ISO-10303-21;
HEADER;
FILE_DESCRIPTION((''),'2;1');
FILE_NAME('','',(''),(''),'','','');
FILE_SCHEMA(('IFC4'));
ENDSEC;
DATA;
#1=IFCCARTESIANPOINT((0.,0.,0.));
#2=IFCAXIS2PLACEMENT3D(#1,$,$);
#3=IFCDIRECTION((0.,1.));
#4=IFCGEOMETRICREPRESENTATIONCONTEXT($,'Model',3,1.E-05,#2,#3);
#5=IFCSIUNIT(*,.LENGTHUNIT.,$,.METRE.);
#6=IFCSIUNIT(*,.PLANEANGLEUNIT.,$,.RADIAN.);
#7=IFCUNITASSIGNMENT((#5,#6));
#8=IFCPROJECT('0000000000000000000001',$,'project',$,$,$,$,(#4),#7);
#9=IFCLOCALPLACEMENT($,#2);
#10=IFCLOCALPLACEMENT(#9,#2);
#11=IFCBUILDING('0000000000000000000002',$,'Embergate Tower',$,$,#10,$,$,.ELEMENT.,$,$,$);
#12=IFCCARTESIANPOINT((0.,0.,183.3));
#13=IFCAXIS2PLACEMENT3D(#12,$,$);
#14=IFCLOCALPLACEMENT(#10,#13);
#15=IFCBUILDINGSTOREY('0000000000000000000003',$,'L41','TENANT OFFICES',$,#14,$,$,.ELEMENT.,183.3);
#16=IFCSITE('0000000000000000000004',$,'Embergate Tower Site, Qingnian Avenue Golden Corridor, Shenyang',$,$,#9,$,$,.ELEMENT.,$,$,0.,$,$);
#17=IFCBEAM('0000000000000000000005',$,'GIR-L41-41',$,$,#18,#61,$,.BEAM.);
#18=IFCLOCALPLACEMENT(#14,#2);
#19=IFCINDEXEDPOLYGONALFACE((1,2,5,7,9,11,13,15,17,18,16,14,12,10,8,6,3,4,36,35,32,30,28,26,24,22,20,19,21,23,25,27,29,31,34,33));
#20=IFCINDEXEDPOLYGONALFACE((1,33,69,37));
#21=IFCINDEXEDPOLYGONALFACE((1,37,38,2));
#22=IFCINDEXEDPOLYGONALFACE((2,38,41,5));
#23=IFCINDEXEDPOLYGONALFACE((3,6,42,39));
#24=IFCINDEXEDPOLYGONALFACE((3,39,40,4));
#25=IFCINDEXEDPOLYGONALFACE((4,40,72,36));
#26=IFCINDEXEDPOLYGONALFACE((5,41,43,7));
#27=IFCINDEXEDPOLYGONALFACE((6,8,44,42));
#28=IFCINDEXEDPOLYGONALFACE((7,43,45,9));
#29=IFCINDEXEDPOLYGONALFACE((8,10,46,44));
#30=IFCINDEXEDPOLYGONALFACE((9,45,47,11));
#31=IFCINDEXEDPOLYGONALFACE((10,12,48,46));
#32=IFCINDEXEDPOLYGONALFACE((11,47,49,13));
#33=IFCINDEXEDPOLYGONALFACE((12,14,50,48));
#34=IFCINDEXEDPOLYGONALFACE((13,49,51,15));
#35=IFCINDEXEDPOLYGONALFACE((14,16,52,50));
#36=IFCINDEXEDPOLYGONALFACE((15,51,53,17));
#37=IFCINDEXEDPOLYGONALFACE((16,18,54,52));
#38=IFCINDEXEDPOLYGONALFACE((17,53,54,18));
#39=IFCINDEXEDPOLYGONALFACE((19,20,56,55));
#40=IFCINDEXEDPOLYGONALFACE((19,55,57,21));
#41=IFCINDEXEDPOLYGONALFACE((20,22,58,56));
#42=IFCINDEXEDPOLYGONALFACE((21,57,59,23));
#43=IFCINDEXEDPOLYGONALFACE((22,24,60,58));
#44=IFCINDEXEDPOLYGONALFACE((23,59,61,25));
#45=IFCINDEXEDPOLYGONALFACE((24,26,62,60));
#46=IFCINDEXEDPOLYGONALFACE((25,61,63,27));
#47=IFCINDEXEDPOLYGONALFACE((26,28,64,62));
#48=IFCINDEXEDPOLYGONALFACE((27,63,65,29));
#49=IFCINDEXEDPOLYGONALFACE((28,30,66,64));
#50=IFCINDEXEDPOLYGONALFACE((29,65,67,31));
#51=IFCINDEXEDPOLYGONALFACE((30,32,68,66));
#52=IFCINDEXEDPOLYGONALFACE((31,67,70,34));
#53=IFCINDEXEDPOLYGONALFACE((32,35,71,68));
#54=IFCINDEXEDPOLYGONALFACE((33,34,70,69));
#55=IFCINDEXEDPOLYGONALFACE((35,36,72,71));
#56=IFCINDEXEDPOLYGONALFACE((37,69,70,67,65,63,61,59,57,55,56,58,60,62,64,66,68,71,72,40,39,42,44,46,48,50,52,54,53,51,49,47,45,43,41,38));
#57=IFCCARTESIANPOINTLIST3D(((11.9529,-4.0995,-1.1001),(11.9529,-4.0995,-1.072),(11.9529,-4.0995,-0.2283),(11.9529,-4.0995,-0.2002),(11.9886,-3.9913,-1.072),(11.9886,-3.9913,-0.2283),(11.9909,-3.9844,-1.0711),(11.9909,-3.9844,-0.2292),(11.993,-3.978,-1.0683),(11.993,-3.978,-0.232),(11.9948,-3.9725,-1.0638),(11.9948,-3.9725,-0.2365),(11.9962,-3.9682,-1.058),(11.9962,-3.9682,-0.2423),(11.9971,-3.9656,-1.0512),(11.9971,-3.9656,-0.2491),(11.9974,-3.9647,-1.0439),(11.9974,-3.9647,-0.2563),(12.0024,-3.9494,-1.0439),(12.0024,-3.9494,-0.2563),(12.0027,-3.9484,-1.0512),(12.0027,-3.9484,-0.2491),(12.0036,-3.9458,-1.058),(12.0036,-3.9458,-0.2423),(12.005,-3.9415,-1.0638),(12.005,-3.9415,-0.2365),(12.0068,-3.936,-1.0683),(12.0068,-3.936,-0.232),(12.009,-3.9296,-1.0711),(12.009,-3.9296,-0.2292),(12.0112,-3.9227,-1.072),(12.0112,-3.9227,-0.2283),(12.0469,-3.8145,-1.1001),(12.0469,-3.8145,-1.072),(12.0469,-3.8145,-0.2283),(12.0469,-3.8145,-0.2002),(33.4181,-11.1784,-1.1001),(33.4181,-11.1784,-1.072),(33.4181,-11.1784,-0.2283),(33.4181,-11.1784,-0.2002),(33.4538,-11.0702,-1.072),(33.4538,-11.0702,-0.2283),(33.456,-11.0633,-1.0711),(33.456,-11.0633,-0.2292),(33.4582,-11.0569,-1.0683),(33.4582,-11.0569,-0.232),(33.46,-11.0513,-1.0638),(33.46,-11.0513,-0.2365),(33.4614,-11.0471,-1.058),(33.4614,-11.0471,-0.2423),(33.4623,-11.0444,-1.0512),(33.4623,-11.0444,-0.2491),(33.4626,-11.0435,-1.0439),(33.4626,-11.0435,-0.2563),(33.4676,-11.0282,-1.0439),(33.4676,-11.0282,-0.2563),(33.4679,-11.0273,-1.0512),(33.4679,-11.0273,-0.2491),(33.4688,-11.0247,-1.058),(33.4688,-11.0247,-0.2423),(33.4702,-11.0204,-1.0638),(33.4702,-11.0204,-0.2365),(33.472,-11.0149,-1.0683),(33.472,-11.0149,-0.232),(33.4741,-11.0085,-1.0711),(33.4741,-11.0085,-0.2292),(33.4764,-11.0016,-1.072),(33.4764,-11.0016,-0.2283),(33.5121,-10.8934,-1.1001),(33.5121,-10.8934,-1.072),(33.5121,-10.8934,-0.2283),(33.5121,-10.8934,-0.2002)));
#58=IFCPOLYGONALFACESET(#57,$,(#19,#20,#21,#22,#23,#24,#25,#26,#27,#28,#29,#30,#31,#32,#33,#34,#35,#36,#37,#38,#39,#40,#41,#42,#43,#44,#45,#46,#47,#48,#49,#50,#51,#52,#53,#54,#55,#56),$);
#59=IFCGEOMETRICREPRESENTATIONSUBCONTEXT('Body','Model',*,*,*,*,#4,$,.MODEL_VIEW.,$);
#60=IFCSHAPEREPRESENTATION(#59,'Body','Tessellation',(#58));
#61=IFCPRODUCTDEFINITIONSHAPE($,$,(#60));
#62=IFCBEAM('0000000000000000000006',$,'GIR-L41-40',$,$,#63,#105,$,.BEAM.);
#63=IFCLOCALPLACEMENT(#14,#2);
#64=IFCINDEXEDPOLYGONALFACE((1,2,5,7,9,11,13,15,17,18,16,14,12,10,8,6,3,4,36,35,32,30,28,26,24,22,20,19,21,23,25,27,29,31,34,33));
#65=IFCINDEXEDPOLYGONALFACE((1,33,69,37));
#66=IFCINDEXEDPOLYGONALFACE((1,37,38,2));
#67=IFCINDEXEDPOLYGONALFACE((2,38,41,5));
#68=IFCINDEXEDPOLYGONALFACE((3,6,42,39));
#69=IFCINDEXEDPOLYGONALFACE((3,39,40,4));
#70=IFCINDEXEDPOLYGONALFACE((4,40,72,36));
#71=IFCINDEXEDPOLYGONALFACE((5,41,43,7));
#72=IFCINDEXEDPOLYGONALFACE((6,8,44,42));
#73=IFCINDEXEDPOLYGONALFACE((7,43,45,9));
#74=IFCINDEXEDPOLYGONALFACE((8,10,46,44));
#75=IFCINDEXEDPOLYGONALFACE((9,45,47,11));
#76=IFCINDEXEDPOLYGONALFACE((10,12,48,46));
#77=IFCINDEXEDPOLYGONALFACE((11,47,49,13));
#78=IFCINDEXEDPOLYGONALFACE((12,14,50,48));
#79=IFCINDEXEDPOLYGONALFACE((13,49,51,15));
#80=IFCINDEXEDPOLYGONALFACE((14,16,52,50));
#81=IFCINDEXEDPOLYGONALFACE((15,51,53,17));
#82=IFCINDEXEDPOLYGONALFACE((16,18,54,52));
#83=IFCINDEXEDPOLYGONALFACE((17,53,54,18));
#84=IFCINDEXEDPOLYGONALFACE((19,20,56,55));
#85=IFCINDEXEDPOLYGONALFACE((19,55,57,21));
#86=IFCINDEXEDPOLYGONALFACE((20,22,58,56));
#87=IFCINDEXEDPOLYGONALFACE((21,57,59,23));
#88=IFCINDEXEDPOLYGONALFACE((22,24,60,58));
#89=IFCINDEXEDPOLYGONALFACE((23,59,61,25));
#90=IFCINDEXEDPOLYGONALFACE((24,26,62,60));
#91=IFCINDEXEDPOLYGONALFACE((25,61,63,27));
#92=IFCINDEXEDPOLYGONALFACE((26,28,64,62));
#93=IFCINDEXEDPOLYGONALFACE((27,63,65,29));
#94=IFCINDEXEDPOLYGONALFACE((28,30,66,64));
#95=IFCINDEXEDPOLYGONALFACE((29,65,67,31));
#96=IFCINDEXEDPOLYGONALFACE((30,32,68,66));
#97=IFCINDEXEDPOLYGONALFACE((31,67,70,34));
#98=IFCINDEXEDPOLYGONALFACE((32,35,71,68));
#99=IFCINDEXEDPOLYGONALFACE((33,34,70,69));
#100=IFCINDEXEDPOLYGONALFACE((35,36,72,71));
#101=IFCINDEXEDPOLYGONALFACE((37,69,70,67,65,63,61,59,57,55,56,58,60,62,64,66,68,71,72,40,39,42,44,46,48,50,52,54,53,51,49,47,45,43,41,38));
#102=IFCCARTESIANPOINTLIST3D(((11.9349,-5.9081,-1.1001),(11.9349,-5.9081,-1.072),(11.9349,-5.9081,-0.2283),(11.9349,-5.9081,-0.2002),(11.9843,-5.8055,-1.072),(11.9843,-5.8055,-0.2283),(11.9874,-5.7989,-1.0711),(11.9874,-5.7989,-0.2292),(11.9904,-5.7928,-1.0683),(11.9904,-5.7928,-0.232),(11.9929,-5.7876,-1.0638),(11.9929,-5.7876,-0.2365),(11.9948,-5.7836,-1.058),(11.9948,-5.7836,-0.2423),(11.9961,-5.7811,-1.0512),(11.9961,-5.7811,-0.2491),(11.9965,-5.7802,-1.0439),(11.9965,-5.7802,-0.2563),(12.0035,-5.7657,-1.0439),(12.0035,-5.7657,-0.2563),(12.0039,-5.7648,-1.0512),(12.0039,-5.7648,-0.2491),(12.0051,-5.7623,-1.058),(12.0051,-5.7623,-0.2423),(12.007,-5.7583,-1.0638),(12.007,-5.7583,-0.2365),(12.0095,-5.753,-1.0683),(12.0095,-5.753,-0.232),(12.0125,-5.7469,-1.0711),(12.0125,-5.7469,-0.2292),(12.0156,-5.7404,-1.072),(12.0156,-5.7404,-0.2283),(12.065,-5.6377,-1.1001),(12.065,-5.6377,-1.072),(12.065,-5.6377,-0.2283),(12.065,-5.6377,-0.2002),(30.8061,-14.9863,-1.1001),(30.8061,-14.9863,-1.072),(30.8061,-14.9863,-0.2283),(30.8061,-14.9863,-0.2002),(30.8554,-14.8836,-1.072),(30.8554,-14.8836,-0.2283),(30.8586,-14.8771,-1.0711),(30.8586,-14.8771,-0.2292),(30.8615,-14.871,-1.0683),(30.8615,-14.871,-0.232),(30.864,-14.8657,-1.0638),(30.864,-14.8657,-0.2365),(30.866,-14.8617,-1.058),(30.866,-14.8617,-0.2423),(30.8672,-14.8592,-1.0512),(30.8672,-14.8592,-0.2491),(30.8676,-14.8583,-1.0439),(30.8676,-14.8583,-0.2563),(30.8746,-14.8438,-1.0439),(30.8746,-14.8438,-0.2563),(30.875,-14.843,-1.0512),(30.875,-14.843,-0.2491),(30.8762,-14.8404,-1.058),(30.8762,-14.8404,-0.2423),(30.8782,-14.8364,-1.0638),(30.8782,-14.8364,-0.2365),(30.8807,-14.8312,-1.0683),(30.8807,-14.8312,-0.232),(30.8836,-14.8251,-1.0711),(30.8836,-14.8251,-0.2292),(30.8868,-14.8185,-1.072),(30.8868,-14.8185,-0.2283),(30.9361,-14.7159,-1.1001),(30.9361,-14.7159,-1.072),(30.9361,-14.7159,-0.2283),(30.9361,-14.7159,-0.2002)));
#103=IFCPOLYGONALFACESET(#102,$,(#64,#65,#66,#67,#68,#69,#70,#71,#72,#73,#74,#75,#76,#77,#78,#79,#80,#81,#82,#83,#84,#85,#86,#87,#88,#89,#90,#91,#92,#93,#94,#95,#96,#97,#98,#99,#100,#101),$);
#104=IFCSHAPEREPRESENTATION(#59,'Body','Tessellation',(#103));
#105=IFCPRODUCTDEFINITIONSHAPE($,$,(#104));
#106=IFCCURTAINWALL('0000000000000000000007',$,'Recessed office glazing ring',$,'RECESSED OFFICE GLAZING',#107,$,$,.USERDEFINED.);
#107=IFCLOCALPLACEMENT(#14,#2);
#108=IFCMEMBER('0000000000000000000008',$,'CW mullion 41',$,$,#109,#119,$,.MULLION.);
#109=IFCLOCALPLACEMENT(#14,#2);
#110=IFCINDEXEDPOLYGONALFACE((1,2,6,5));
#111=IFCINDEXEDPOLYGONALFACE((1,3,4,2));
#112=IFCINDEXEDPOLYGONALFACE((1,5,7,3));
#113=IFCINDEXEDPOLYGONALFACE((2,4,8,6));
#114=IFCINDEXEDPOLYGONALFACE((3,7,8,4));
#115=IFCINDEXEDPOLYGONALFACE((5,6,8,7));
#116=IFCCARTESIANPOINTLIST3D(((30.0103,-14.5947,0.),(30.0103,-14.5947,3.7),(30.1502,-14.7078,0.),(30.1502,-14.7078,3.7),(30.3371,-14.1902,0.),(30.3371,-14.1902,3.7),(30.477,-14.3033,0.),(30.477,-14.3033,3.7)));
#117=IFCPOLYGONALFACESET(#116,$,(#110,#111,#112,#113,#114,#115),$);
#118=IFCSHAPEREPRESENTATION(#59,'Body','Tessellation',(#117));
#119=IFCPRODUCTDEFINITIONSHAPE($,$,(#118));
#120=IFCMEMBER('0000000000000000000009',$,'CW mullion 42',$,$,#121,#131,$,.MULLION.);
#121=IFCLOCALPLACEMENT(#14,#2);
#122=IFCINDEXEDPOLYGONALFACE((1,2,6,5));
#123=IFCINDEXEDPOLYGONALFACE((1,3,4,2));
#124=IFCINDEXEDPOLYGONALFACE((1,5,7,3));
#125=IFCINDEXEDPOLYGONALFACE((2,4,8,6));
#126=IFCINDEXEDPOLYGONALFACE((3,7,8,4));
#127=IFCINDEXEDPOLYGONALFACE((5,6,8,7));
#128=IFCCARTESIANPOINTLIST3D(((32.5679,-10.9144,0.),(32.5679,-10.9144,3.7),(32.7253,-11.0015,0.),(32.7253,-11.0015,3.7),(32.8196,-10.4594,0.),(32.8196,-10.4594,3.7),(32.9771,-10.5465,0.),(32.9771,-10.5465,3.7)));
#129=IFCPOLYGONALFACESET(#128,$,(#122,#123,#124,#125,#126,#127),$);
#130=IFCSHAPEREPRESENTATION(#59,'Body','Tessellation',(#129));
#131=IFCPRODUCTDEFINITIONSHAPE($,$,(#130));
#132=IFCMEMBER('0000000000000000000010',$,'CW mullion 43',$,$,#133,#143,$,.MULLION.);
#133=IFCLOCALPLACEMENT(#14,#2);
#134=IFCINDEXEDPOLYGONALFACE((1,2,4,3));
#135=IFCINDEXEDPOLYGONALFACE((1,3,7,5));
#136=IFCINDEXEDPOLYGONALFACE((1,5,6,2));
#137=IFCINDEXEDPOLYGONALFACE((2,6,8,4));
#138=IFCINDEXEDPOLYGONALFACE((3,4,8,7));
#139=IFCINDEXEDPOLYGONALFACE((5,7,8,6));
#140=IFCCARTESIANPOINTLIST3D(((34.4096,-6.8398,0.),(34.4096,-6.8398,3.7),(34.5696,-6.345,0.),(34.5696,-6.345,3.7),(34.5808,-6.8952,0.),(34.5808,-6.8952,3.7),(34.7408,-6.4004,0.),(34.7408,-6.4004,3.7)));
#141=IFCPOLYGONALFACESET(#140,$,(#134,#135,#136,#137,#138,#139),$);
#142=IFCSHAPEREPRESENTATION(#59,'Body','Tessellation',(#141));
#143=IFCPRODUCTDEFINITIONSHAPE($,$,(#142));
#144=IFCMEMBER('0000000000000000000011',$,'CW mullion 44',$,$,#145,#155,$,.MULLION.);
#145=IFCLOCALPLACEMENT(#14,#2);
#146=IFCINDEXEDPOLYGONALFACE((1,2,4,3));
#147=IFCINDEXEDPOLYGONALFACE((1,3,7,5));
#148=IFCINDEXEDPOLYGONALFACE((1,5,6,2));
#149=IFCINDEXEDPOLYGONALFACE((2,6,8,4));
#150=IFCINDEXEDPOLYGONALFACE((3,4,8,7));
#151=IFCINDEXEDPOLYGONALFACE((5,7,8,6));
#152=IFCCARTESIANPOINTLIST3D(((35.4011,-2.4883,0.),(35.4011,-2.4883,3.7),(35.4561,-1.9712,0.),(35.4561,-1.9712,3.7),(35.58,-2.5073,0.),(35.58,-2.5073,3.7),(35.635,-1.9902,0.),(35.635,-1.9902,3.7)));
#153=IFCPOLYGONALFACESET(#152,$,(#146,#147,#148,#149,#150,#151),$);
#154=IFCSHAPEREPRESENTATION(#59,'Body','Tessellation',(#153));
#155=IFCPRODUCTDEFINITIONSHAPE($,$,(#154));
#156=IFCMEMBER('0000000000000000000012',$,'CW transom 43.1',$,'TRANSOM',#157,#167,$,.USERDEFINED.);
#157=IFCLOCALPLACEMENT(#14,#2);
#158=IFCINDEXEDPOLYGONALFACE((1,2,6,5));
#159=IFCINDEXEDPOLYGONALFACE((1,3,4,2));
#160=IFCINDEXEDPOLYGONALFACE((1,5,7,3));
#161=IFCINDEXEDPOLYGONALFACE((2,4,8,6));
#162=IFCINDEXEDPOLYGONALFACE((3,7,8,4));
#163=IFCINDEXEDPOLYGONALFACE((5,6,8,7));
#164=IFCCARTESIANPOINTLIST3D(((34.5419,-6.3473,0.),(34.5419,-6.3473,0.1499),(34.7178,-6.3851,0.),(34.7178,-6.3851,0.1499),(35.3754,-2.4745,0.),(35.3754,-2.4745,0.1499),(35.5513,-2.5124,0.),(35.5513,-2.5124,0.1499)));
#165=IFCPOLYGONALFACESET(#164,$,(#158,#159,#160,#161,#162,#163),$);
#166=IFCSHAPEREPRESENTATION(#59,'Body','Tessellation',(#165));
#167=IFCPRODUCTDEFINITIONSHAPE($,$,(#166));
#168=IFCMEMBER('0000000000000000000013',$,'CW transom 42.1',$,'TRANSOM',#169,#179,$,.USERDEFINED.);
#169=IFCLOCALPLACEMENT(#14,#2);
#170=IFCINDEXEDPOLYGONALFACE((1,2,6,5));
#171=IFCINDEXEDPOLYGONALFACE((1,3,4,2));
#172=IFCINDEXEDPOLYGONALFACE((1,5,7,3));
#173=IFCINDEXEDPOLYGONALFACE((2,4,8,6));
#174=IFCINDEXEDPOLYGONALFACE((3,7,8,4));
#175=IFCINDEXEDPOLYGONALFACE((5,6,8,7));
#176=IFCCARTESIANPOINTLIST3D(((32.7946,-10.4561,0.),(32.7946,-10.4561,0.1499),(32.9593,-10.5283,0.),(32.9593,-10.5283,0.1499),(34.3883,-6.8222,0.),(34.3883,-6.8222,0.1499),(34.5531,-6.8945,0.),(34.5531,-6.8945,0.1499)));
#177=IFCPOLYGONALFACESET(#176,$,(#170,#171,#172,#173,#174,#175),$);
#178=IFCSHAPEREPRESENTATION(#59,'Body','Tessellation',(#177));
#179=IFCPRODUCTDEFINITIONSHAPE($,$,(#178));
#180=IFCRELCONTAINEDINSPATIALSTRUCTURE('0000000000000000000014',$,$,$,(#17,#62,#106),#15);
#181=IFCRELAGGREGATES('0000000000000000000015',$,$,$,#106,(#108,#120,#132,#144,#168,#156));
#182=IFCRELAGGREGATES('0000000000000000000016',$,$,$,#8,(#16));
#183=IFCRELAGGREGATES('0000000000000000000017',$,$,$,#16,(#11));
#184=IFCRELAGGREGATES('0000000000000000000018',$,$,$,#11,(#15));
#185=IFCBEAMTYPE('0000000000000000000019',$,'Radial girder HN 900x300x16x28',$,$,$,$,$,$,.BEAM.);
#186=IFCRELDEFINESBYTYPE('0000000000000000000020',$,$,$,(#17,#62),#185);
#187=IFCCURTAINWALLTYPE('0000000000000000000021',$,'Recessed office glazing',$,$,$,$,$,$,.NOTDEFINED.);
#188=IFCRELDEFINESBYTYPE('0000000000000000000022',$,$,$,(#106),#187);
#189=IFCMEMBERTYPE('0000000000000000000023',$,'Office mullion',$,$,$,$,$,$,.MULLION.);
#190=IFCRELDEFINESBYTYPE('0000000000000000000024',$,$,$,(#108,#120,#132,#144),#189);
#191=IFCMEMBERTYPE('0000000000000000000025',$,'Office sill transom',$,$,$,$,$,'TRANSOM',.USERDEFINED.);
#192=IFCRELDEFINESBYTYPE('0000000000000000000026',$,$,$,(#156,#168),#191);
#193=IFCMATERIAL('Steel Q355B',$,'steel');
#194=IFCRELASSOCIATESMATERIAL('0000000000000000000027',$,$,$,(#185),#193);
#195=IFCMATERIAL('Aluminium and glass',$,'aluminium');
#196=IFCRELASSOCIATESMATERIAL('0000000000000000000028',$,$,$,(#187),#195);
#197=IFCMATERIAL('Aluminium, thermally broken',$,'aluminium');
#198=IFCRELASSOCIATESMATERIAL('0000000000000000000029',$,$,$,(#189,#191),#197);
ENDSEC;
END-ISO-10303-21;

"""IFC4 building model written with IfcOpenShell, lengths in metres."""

from ifc_helpers import new_model, si_unit, direction, frame, origin, origin_2d, place, context, subcontext, project, spatial, rectangle, i_section, extrude, source, transform, mapped, material, material_profile, profile_set, type_object, element, aggregate, save


model = new_model("IFC4")

# Units and contexts
model_context = context("Model", 3, precision=1e-05, world=origin(), true_north=direction((0.0, 1.0)))
body_context = subcontext(model_context, "Body", "Model", "MODEL_VIEW")
ifc_project = project(units=[si_unit("LENGTHUNIT", "METRE"), si_unit("PLANEANGLEUNIT", "RADIAN")], contexts=[model_context])

# Site, building, storey
site_placement = place(None, origin())
site = spatial("IfcSite", under=ifc_project, at=site_placement, Name="Embergate Tower Site, Qingnian Avenue Golden Corridor, Shenyang", CompositionType="ELEMENT", RefElevation=0.0)
building_placement = place(site_placement, origin())
building = spatial("IfcBuilding", under=site, at=building_placement, Name="Embergate Tower", CompositionType="ELEMENT")
storey_placement = place(building_placement, frame((0.0, 0.0, 183.3)))
storey = spatial("IfcBuildingStorey", under=building, at=storey_placement, Name="L41", Description="TENANT OFFICES", CompositionType="ELEMENT", Elevation=183.3)

# Beams
ifc_material_1 = material(Name="Steel Q355B", Category="steel")
ifc_material_profile_1 = material_profile(ifc_material_1, i_section(OverallWidth=0.3, OverallDepth=0.8999, WebThickness=0.0161, FlangeThickness=0.0281, FilletRadius=0.0281, at=origin_2d()), Name="HN 900x300x16x28")
ifc_profile_set_1 = profile_set([ifc_material_profile_1], Name="Steel Q355 grade B")
beam_type_1 = type_object("IfcBeamType", Name="Radial girder HN 900x300x16x28", PredefinedType="BEAM", material=ifc_profile_set_1)
shared_shape_1 = source(origin(), body_context, "Body", "SweptSolid", [
    extrude(i_section(OverallWidth=0.3, OverallDepth=0.8999, WebThickness=0.0161, FlangeThickness=0.0281, FilletRadius=0.0281, at=origin_2d()), origin(), (0.0, 0.0, 1.0), 22.6023),
])
beam_1_placement = place(storey_placement, frame((33.4651, -11.0359, -0.6501), z_axis=(-0.949689, 0.313193, 0.0), x_axis=(-0.313193, -0.949689, 0.0)))
element("IfcBeam", 1, at=beam_1_placement, inside=storey, type_object=beam_type_1, Name="GIR-L41-41", PredefinedType="BEAM", context=body_context, shape_type="MappedRepresentation", body=[
    mapped(shared_shape_1, transform((0.0, 0.0, 0.0))),
])
shared_shape_2 = source(origin(), body_context, "Body", "SweptSolid", [
    extrude(i_section(OverallWidth=0.3, OverallDepth=0.8999, WebThickness=0.0161, FlangeThickness=0.0281, FilletRadius=0.0281, at=origin_2d()), origin(), (0.0, 0.0, 1.0), 20.9412),
])
beam_2_placement = place(storey_placement, frame((30.8711, -14.8511, -0.6501), z_axis=(-0.90115, 0.433507, 0.0), x_axis=(-0.433507, -0.90115, 0.0)))
element("IfcBeam", 2, at=beam_2_placement, inside=storey, type_object=beam_type_1, Name="GIR-L41-40", PredefinedType="BEAM", context=body_context, shape_type="MappedRepresentation", body=[
    mapped(shared_shape_2, transform((0.0, 0.0, 0.0))),
])

# Curtain wall, members
ifc_material_2 = material(Name="Aluminium and glass", Category="aluminium")
curtain_wall_type = type_object("IfcCurtainWallType", Name="Recessed office glazing", PredefinedType="NOTDEFINED", material=ifc_material_2)
curtain_wall_placement = place(storey_placement, origin())
curtain_wall = element("IfcCurtainWall", 3, at=curtain_wall_placement, inside=storey, type_object=curtain_wall_type, Name="Recessed office glazing ring", ObjectType="RECESSED OFFICE GLAZING", PredefinedType="USERDEFINED")
ifc_material_3 = material(Name="Aluminium, thermally broken", Category="aluminium")
ifc_material_profile_2 = material_profile(ifc_material_3, rectangle(XDim=0.1799, YDim=0.52, at=origin_2d()), Name="AL 520x180")
ifc_profile_set_2 = profile_set([ifc_material_profile_2], Name="Aluminium, thermally broken")
member_type_1 = type_object("IfcMemberType", Name="Office mullion", PredefinedType="MULLION", material=ifc_profile_set_2)
shared_shape_3 = source(origin(), body_context, "Body", "SweptSolid", [
    extrude(rectangle(XDim=0.1799, YDim=0.52, at=origin_2d()), origin(), (0.0, 0.0, 1.0), 3.7),
])
member_1_placement = place(storey_placement, frame((30.2437, -14.449, 0.0), z_axis=(0.0, 0.0, 1.0), x_axis=(-0.777874, 0.628421, 0.0)))
member_1 = element("IfcMember", 4, at=member_1_placement, type_object=member_type_1, Name="CW mullion 41", PredefinedType="MULLION", context=body_context, shape_type="MappedRepresentation", body=[
    mapped(shared_shape_3, transform((0.0, 0.0, 0.0))),
])
member_2_placement = place(storey_placement, frame((32.7725, -10.7305, 0.0), z_axis=(0.0, 0.0, 1.0), x_axis=(-0.875003, 0.484118, 0.0)))
member_2 = element("IfcMember", 5, at=member_2_placement, type_object=member_type_1, Name="CW mullion 42", PredefinedType="MULLION", context=body_context, shape_type="MappedRepresentation", body=[
    mapped(shared_shape_3, transform((0.0, 0.0, 0.0))),
])
member_3_placement = place(storey_placement, frame((34.5752, -6.6201, 0.0), z_axis=(0.0, 0.0, 1.0), x_axis=(-0.951498, 0.307656, 0.0)))
member_3 = element("IfcMember", 6, at=member_3_placement, type_object=member_type_1, Name="CW mullion 43", PredefinedType="MULLION", context=body_context, shape_type="MappedRepresentation", body=[
    mapped(shared_shape_3, transform((0.0, 0.0, 0.0))),
])
member_4_placement = place(storey_placement, frame((35.5181, -2.2393, 0.0), z_axis=(0.0, 0.0, 1.0), x_axis=(-0.994385, 0.105823, 0.0)))
member_4 = element("IfcMember", 7, at=member_4_placement, type_object=member_type_1, Name="CW mullion 44", PredefinedType="MULLION", context=body_context, shape_type="MappedRepresentation", body=[
    mapped(shared_shape_3, transform((0.0, 0.0, 0.0))),
])
ifc_material_profile_3 = material_profile(ifc_material_3, rectangle(XDim=0.1799, YDim=0.1499, at=origin_2d()), Name="AL 150x180")
ifc_profile_set_3 = profile_set([ifc_material_profile_3], Name="Aluminium, thermally broken")
member_type_2 = type_object("IfcMemberType", Name="Office sill transom", ElementType="TRANSOM", PredefinedType="USERDEFINED", material=ifc_profile_set_3)
shared_shape_4 = source(origin(), body_context, "Body", "SweptSolid", [
    extrude(rectangle(XDim=0.1799, YDim=0.1499, at=origin_2d()), origin(), (0.0, 0.0, 1.0), 3.9614),
])
member_5_placement = place(storey_placement, frame((34.6299, -6.3662, 0.075), z_axis=(0.2104, 0.977615, 0.0), x_axis=(-0.977615, 0.2104, 0.0)))
member_5 = element("IfcMember", 8, at=member_5_placement, type_object=member_type_2, Name="CW transom 43.1", ObjectType="TRANSOM", PredefinedType="USERDEFINED", context=body_context, shape_type="MappedRepresentation", body=[
    mapped(shared_shape_4, transform((0.0, 0.0, 0.0))),
])
shared_shape_5 = source(origin(), body_context, "Body", "SweptSolid", [
    extrude(rectangle(XDim=0.1799, YDim=0.1499, at=origin_2d()), origin(), (0.0, 0.0, 1.0), 3.968),
])
member_6_placement = place(storey_placement, frame((32.877, -10.4922, 0.075), z_axis=(0.401658, 0.91579, 0.0), x_axis=(-0.91579, 0.401658, 0.0)))
member_6 = element("IfcMember", 9, at=member_6_placement, type_object=member_type_2, Name="CW transom 42.1", ObjectType="TRANSOM", PredefinedType="USERDEFINED", context=body_context, shape_type="MappedRepresentation", body=[
    mapped(shared_shape_5, transform((0.0, 0.0, 0.0))),
])
aggregate(curtain_wall, [member_1, member_2, member_3, member_4, member_6, member_5])

save(model, "model.ifc")
